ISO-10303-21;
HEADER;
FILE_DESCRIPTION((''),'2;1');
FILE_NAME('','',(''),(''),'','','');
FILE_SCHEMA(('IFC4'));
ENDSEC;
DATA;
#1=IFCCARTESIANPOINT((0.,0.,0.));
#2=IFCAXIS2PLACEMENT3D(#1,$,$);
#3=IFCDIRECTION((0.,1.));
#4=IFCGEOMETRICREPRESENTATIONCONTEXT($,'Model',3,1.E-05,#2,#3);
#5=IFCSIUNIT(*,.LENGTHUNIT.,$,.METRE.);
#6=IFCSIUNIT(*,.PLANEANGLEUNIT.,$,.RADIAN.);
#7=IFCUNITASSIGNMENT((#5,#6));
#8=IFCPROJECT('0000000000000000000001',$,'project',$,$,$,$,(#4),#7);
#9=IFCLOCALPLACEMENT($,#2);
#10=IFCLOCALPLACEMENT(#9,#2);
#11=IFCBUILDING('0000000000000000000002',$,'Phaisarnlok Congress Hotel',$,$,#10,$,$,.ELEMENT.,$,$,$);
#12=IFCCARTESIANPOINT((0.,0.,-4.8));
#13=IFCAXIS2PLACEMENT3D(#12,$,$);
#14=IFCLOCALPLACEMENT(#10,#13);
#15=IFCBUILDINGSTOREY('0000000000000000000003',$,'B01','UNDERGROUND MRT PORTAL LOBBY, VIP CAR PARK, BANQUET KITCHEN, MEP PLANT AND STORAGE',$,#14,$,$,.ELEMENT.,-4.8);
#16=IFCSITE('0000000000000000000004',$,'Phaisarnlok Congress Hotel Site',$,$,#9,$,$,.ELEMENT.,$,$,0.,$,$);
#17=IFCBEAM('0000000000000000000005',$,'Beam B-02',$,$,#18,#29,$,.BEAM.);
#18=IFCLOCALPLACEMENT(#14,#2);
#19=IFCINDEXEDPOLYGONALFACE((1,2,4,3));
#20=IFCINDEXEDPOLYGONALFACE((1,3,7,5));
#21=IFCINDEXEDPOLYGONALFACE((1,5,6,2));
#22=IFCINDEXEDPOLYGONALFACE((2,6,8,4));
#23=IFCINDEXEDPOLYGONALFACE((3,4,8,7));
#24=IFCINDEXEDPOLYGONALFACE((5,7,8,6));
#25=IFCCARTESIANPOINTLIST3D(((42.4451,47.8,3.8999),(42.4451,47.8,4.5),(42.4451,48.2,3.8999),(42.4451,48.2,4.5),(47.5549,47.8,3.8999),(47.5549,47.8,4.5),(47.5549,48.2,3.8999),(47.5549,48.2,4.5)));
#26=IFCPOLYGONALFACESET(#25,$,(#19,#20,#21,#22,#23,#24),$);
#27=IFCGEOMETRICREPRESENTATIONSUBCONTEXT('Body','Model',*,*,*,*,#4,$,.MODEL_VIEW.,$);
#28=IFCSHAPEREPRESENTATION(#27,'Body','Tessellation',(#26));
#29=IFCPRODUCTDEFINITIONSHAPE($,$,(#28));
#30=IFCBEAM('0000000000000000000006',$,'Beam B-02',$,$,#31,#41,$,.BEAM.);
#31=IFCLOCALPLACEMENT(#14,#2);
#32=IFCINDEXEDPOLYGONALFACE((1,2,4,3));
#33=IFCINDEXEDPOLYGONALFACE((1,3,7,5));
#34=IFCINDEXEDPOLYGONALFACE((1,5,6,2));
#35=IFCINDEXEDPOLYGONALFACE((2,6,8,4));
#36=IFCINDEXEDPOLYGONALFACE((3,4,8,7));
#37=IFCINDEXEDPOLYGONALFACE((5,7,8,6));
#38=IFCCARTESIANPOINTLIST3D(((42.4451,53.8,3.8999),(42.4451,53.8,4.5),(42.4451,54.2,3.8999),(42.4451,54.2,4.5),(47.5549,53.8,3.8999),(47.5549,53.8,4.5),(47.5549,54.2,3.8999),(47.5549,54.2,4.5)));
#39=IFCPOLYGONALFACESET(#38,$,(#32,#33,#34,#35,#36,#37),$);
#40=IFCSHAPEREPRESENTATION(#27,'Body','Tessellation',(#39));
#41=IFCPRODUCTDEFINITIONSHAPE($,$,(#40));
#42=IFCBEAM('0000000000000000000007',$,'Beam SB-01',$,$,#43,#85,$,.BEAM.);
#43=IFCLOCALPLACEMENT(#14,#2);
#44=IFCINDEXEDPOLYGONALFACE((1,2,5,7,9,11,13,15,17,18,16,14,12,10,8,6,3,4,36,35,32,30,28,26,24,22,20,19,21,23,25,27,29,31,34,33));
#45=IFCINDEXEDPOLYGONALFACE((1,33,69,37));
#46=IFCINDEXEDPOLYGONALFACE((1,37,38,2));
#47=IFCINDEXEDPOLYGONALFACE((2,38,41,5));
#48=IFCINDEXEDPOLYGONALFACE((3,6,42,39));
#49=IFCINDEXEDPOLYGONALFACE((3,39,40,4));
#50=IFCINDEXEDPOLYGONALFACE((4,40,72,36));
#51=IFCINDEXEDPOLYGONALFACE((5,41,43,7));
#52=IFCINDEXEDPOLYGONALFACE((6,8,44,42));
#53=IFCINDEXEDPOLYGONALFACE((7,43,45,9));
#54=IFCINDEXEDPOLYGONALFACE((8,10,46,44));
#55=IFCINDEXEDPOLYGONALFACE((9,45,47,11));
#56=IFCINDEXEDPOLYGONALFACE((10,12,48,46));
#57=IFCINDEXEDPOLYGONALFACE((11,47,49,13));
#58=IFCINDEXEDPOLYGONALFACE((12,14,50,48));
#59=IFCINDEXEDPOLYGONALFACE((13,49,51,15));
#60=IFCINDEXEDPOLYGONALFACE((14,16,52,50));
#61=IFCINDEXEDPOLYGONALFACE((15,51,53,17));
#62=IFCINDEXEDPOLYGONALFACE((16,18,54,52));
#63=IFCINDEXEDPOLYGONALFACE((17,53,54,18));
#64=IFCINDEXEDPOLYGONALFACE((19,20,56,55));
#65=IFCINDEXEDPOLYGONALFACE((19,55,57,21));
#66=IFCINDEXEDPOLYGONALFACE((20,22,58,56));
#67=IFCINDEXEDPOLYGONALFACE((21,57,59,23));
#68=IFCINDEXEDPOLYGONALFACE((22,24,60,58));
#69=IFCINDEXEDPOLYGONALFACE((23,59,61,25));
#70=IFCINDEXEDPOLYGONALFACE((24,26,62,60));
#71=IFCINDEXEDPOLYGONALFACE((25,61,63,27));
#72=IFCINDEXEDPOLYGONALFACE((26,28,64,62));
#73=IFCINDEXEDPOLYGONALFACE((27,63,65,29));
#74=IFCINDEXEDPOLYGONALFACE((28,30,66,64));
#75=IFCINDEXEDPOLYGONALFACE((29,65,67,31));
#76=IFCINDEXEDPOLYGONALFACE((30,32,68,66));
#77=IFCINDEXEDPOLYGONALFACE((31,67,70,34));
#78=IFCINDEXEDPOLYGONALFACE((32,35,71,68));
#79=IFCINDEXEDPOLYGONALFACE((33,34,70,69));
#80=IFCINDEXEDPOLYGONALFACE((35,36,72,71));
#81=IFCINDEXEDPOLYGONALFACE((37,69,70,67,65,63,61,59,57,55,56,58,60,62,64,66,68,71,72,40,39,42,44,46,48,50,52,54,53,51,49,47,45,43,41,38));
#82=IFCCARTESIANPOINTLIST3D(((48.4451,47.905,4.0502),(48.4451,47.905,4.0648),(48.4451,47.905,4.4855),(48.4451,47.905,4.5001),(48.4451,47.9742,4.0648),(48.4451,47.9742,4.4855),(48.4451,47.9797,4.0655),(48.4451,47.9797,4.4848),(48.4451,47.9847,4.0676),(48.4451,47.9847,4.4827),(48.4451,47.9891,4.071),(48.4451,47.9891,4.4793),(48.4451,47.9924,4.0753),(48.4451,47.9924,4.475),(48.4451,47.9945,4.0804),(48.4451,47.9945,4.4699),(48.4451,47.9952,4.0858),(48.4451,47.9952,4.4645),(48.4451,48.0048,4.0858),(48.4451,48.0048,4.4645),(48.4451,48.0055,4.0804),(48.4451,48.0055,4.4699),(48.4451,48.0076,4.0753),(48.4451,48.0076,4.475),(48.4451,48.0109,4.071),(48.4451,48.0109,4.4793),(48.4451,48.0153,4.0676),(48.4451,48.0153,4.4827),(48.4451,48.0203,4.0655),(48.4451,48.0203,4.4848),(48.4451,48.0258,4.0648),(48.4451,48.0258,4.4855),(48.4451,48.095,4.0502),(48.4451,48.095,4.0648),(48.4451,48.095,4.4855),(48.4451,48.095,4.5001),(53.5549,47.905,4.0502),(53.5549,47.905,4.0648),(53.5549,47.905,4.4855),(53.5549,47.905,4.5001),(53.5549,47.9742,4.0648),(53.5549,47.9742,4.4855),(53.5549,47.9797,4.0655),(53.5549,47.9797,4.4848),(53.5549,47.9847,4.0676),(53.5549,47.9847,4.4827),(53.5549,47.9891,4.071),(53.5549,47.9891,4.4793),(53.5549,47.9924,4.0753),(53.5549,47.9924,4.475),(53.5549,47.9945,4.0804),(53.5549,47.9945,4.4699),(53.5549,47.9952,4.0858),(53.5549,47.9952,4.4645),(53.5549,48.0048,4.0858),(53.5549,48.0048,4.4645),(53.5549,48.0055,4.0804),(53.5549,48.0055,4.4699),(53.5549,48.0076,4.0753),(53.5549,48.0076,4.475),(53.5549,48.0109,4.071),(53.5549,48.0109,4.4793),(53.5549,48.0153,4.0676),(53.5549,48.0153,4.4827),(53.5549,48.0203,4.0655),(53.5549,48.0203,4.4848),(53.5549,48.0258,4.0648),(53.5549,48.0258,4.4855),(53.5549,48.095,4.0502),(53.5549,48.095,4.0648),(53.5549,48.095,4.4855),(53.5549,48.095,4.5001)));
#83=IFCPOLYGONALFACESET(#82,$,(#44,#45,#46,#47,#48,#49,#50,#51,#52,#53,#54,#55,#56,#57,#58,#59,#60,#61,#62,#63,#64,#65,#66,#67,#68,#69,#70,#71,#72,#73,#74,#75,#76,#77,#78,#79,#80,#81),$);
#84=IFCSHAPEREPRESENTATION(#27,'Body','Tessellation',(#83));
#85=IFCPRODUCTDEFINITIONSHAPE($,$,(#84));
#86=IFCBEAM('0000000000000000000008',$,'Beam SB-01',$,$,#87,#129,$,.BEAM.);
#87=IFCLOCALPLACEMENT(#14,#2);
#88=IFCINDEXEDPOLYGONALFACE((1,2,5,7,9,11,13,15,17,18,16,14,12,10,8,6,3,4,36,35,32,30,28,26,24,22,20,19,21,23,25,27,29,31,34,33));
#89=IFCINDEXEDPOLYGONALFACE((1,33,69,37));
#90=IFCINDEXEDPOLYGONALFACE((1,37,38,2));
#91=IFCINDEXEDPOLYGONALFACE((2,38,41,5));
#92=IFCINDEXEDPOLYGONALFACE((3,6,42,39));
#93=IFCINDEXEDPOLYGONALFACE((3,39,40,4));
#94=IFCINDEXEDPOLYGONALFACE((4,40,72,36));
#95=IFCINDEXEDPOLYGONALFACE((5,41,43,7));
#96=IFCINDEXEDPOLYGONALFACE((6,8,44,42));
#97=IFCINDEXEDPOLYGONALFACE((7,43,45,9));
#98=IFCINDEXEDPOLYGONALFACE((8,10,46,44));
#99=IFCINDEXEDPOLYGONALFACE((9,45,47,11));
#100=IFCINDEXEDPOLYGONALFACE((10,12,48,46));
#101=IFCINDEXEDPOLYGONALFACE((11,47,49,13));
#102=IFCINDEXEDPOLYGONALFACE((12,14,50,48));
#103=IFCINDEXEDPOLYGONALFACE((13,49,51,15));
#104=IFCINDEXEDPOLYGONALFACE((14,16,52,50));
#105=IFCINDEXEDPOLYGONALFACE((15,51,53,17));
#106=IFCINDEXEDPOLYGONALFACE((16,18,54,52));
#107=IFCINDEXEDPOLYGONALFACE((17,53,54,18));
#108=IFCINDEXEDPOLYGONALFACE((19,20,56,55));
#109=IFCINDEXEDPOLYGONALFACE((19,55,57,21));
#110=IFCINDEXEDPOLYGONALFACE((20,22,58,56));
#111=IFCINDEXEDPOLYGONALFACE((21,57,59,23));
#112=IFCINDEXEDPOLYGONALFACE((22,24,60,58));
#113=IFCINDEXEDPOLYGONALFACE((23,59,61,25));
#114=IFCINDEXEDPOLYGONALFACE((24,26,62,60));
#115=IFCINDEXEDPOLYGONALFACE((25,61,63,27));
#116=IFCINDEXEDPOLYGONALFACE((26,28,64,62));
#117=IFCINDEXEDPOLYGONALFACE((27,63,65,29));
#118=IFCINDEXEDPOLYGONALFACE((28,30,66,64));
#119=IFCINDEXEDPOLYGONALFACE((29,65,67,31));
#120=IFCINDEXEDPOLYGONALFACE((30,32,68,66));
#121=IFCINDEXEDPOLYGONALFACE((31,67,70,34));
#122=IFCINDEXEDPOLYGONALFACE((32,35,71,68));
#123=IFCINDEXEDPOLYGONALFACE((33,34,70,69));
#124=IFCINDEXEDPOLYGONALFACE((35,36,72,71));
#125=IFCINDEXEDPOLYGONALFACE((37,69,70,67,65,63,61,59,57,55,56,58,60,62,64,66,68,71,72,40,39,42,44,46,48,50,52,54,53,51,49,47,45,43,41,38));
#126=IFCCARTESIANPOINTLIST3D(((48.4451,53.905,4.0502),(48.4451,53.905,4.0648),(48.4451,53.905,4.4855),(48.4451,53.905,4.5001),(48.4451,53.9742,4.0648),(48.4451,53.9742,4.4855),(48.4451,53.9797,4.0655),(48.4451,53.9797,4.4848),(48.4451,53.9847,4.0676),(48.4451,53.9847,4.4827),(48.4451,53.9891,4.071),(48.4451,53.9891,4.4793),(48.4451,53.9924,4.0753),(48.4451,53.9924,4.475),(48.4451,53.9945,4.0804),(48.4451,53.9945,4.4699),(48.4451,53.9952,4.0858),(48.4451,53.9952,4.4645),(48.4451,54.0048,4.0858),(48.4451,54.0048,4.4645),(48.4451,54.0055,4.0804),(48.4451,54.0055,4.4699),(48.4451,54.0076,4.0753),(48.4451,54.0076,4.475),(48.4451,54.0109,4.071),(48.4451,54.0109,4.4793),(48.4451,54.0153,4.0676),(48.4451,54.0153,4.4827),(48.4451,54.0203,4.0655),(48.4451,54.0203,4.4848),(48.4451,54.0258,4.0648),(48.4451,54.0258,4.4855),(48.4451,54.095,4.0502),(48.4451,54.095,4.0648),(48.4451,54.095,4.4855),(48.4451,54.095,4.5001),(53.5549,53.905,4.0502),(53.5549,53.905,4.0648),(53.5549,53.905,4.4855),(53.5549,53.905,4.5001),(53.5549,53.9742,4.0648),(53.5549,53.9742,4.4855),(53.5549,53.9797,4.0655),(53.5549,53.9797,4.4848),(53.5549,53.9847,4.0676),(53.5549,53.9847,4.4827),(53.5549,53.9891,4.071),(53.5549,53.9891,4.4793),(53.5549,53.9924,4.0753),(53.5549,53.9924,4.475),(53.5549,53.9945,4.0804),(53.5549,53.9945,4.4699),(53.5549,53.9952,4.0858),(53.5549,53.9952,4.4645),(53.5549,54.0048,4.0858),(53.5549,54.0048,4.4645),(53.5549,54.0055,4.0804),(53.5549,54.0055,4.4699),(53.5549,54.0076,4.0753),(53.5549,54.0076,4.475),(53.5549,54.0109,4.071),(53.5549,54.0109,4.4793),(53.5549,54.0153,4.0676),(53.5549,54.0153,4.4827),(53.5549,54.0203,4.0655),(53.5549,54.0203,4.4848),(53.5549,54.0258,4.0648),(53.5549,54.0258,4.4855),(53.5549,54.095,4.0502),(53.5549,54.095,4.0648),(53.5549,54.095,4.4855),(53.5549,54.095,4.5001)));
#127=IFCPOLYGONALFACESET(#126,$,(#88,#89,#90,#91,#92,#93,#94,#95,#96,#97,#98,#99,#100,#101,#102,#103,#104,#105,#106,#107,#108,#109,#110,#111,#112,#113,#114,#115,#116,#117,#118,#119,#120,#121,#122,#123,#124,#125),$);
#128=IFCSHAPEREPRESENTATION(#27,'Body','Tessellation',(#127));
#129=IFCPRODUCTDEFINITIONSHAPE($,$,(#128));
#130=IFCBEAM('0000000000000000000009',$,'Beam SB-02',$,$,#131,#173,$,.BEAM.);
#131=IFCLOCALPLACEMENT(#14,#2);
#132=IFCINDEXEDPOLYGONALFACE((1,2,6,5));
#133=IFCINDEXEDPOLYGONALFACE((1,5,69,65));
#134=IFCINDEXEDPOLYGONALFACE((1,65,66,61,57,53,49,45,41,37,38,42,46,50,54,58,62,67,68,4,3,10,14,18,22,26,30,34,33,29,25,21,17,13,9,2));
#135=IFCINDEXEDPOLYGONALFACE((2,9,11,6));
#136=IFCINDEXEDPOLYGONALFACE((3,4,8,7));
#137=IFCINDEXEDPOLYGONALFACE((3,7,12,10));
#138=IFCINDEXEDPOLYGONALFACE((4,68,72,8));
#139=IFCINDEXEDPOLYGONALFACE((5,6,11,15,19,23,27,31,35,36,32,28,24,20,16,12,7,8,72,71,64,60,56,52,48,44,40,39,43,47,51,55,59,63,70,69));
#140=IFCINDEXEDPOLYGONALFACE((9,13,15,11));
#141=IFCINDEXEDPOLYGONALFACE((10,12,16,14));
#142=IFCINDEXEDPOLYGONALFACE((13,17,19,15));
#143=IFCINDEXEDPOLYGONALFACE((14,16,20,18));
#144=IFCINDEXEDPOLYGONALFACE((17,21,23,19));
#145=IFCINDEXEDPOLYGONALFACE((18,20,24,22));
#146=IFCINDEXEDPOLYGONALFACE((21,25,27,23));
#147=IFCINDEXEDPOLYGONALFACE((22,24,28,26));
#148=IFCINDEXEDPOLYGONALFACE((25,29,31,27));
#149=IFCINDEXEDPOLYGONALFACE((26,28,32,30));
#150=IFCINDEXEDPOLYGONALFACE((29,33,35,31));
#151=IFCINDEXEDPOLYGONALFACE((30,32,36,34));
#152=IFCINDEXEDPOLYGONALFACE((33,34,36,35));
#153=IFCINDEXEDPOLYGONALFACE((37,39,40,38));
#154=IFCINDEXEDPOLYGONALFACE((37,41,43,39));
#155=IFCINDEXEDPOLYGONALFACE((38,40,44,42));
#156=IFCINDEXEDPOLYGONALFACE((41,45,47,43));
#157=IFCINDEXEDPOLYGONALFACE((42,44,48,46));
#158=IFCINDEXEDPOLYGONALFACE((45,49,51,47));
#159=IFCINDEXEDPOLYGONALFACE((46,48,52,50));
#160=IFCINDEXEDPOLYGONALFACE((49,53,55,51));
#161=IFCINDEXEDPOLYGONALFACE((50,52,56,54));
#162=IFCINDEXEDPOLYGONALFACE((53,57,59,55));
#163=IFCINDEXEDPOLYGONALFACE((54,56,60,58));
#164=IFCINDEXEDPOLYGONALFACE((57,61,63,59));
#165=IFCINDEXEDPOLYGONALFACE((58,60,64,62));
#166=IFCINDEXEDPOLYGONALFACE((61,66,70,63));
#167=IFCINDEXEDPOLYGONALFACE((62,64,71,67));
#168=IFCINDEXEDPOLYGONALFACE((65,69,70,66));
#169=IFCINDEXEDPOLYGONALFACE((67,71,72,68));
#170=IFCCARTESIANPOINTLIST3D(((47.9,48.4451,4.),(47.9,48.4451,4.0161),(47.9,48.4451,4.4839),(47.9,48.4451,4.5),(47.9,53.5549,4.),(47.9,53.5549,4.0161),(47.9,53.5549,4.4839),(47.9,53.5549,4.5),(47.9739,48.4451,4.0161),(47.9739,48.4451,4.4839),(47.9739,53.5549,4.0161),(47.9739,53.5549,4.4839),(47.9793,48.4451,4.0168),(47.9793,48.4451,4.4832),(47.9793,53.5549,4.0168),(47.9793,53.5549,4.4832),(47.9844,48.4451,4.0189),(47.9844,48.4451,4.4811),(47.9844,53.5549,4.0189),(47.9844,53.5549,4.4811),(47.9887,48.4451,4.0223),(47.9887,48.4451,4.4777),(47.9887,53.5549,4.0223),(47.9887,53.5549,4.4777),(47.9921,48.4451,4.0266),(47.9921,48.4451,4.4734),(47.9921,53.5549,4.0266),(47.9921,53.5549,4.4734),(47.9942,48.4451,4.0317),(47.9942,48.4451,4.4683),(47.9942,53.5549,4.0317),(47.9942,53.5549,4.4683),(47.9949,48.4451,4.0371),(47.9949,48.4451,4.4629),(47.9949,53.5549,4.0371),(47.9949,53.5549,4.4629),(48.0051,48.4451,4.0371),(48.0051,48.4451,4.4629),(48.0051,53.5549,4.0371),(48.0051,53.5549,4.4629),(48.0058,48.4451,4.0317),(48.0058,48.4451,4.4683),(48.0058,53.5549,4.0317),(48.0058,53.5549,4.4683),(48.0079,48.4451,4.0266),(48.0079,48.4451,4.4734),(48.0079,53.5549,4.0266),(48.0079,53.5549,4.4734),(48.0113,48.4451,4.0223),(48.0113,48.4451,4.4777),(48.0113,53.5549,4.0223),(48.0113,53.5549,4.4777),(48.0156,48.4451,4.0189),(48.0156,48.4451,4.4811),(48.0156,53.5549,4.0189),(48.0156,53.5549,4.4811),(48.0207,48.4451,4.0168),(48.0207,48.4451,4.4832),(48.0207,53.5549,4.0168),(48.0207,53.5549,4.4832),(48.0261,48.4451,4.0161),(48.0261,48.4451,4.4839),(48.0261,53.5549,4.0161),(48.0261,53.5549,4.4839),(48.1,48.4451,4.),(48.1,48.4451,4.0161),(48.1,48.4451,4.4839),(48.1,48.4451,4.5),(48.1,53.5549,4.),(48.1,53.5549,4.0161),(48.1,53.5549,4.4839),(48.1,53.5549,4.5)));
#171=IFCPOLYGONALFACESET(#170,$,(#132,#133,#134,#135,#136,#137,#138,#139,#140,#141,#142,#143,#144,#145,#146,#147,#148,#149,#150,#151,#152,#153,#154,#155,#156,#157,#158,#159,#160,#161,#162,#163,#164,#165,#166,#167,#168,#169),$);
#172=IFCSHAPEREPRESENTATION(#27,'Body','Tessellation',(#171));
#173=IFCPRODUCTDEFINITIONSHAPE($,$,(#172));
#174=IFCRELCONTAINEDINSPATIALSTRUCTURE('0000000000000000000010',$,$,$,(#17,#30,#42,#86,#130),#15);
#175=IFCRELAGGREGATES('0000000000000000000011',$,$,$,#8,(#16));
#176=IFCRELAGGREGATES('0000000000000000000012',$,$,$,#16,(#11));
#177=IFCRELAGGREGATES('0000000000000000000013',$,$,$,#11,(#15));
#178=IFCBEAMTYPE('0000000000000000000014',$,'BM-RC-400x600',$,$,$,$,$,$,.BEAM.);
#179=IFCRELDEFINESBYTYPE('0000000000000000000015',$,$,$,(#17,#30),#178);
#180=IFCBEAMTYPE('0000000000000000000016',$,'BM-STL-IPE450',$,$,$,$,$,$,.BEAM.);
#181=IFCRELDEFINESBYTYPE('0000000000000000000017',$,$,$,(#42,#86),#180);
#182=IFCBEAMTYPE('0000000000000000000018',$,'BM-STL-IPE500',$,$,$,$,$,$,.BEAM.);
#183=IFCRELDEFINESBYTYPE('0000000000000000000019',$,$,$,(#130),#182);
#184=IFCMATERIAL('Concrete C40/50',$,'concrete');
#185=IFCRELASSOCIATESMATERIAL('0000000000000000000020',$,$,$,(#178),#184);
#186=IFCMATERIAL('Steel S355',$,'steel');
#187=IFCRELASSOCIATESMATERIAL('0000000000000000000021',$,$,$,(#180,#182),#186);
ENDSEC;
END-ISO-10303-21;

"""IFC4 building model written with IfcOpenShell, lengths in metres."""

from ifc_helpers import new_model, si_unit, direction, frame, origin, origin_2d, place, context, subcontext, project, spatial, rectangle, i_section, extrude, material, material_profile, profile_set, type_object, element, save


model = new_model("IFC4")

# Units and contexts
model_context = context("Model", 3, precision=1e-05, world=origin(), true_north=direction((0.0, 1.0)))
body_context = subcontext(model_context, "Body", "Model", "MODEL_VIEW")
ifc_project = project(units=[si_unit("LENGTHUNIT", "METRE"), si_unit("PLANEANGLEUNIT", "RADIAN")], contexts=[model_context])

# Site, building, storey
site_placement = place(None, origin())
site = spatial("IfcSite", under=ifc_project, at=site_placement, Name="Phaisarnlok Congress Hotel Site", CompositionType="ELEMENT", RefElevation=0.0)
building_placement = place(site_placement, origin())
building = spatial("IfcBuilding", under=site, at=building_placement, Name="Phaisarnlok Congress Hotel", CompositionType="ELEMENT")
storey_placement = place(building_placement, frame((0.0, 0.0, -4.8)))
storey = spatial("IfcBuildingStorey", under=building, at=storey_placement, Name="B01", Description="UNDERGROUND MRT PORTAL LOBBY, VIP CAR PARK, BANQUET KITCHEN, MEP PLANT AND STORAGE", CompositionType="ELEMENT", Elevation=-4.8)

# Shared definitions
ifc_material_1 = material(Name="Concrete C40/50", Category="concrete")

# Beams
ifc_material_profile_1 = material_profile(ifc_material_1, rectangle(XDim=0.3999, YDim=0.6001, at=origin_2d()), Name="RC 400x600")
ifc_profile_set_1 = profile_set([ifc_material_profile_1], Name="Concrete C40/50")
beam_type_1 = type_object("IfcBeamType", Name="BM-RC-400x600", PredefinedType="BEAM", material=ifc_profile_set_1)
for number, where, z_axis, x_axis, name in (
    (1, (42.4451, 48.0, 4.2), (1.0, 0.0, 0.0), (0.0, 1.0, 0.0), "Beam B-02"),
    (2, (42.4451, 54.0, 4.2), (1.0, 0.0, 0.0), (0.0, 1.0, 0.0), "Beam B-02"),
):
    element("IfcBeam", number, at=place(storey_placement, frame(where, z_axis=z_axis, x_axis=x_axis)), inside=storey, type_object=beam_type_1, Name=name, PredefinedType="BEAM", context=body_context, shape_type="SweptSolid", body=[
        extrude(rectangle(XDim=0.3999, YDim=0.6001, at=origin_2d()), origin(), (0.0, 0.0, 1.0), 5.1099),
    ])
ifc_material_2 = material(Name="Steel S355", Category="steel")
ifc_material_profile_2 = material_profile(ifc_material_2, i_section(OverallWidth=0.1899, OverallDepth=0.45, WebThickness=0.0095, FlangeThickness=0.0146, FilletRadius=0.021, at=origin_2d()), Name="IPE 450")
ifc_profile_set_2 = profile_set([ifc_material_profile_2], Name="Steel S355")
beam_type_2 = type_object("IfcBeamType", Name="BM-STL-IPE450", PredefinedType="BEAM", material=ifc_profile_set_2)
for number, where, z_axis, x_axis, name in (
    (3, (48.4451, 48.0, 4.2751), (1.0, 0.0, 0.0), (0.0, 1.0, 0.0), "Beam SB-01"),
    (4, (48.4451, 54.0, 4.2751), (1.0, 0.0, 0.0), (0.0, 1.0, 0.0), "Beam SB-01"),
):
    element("IfcBeam", number, at=place(storey_placement, frame(where, z_axis=z_axis, x_axis=x_axis)), inside=storey, type_object=beam_type_2, Name=name, PredefinedType="BEAM", context=body_context, shape_type="SweptSolid", body=[
        extrude(i_section(OverallWidth=0.1899, OverallDepth=0.45, WebThickness=0.0095, FlangeThickness=0.0146, FilletRadius=0.021, at=origin_2d()), origin(), (0.0, 0.0, 1.0), 5.1099),
    ])
ifc_material_profile_3 = material_profile(ifc_material_2, i_section(OverallWidth=0.2, OverallDepth=0.5, WebThickness=0.0103, FlangeThickness=0.0161, FilletRadius=0.021, at=origin_2d()), Name="IPE 500")
ifc_profile_set_3 = profile_set([ifc_material_profile_3], Name="Steel S355")
beam_type_3 = type_object("IfcBeamType", Name="BM-STL-IPE500", PredefinedType="BEAM", material=ifc_profile_set_3)
beam_1_placement = place(storey_placement, frame((48.0, 48.4451, 4.25), z_axis=(0.0, 1.0, 0.0), x_axis=(-1.0, 0.0, 0.0)))
element("IfcBeam", 5, at=beam_1_placement, inside=storey, type_object=beam_type_3, Name="Beam SB-02", PredefinedType="BEAM", context=body_context, shape_type="SweptSolid", body=[
    extrude(i_section(OverallWidth=0.2, OverallDepth=0.5, WebThickness=0.0103, FlangeThickness=0.0161, FilletRadius=0.021, at=origin_2d()), origin(), (0.0, 0.0, 1.0), 5.1099),
])

save(model, "model.ifc")
